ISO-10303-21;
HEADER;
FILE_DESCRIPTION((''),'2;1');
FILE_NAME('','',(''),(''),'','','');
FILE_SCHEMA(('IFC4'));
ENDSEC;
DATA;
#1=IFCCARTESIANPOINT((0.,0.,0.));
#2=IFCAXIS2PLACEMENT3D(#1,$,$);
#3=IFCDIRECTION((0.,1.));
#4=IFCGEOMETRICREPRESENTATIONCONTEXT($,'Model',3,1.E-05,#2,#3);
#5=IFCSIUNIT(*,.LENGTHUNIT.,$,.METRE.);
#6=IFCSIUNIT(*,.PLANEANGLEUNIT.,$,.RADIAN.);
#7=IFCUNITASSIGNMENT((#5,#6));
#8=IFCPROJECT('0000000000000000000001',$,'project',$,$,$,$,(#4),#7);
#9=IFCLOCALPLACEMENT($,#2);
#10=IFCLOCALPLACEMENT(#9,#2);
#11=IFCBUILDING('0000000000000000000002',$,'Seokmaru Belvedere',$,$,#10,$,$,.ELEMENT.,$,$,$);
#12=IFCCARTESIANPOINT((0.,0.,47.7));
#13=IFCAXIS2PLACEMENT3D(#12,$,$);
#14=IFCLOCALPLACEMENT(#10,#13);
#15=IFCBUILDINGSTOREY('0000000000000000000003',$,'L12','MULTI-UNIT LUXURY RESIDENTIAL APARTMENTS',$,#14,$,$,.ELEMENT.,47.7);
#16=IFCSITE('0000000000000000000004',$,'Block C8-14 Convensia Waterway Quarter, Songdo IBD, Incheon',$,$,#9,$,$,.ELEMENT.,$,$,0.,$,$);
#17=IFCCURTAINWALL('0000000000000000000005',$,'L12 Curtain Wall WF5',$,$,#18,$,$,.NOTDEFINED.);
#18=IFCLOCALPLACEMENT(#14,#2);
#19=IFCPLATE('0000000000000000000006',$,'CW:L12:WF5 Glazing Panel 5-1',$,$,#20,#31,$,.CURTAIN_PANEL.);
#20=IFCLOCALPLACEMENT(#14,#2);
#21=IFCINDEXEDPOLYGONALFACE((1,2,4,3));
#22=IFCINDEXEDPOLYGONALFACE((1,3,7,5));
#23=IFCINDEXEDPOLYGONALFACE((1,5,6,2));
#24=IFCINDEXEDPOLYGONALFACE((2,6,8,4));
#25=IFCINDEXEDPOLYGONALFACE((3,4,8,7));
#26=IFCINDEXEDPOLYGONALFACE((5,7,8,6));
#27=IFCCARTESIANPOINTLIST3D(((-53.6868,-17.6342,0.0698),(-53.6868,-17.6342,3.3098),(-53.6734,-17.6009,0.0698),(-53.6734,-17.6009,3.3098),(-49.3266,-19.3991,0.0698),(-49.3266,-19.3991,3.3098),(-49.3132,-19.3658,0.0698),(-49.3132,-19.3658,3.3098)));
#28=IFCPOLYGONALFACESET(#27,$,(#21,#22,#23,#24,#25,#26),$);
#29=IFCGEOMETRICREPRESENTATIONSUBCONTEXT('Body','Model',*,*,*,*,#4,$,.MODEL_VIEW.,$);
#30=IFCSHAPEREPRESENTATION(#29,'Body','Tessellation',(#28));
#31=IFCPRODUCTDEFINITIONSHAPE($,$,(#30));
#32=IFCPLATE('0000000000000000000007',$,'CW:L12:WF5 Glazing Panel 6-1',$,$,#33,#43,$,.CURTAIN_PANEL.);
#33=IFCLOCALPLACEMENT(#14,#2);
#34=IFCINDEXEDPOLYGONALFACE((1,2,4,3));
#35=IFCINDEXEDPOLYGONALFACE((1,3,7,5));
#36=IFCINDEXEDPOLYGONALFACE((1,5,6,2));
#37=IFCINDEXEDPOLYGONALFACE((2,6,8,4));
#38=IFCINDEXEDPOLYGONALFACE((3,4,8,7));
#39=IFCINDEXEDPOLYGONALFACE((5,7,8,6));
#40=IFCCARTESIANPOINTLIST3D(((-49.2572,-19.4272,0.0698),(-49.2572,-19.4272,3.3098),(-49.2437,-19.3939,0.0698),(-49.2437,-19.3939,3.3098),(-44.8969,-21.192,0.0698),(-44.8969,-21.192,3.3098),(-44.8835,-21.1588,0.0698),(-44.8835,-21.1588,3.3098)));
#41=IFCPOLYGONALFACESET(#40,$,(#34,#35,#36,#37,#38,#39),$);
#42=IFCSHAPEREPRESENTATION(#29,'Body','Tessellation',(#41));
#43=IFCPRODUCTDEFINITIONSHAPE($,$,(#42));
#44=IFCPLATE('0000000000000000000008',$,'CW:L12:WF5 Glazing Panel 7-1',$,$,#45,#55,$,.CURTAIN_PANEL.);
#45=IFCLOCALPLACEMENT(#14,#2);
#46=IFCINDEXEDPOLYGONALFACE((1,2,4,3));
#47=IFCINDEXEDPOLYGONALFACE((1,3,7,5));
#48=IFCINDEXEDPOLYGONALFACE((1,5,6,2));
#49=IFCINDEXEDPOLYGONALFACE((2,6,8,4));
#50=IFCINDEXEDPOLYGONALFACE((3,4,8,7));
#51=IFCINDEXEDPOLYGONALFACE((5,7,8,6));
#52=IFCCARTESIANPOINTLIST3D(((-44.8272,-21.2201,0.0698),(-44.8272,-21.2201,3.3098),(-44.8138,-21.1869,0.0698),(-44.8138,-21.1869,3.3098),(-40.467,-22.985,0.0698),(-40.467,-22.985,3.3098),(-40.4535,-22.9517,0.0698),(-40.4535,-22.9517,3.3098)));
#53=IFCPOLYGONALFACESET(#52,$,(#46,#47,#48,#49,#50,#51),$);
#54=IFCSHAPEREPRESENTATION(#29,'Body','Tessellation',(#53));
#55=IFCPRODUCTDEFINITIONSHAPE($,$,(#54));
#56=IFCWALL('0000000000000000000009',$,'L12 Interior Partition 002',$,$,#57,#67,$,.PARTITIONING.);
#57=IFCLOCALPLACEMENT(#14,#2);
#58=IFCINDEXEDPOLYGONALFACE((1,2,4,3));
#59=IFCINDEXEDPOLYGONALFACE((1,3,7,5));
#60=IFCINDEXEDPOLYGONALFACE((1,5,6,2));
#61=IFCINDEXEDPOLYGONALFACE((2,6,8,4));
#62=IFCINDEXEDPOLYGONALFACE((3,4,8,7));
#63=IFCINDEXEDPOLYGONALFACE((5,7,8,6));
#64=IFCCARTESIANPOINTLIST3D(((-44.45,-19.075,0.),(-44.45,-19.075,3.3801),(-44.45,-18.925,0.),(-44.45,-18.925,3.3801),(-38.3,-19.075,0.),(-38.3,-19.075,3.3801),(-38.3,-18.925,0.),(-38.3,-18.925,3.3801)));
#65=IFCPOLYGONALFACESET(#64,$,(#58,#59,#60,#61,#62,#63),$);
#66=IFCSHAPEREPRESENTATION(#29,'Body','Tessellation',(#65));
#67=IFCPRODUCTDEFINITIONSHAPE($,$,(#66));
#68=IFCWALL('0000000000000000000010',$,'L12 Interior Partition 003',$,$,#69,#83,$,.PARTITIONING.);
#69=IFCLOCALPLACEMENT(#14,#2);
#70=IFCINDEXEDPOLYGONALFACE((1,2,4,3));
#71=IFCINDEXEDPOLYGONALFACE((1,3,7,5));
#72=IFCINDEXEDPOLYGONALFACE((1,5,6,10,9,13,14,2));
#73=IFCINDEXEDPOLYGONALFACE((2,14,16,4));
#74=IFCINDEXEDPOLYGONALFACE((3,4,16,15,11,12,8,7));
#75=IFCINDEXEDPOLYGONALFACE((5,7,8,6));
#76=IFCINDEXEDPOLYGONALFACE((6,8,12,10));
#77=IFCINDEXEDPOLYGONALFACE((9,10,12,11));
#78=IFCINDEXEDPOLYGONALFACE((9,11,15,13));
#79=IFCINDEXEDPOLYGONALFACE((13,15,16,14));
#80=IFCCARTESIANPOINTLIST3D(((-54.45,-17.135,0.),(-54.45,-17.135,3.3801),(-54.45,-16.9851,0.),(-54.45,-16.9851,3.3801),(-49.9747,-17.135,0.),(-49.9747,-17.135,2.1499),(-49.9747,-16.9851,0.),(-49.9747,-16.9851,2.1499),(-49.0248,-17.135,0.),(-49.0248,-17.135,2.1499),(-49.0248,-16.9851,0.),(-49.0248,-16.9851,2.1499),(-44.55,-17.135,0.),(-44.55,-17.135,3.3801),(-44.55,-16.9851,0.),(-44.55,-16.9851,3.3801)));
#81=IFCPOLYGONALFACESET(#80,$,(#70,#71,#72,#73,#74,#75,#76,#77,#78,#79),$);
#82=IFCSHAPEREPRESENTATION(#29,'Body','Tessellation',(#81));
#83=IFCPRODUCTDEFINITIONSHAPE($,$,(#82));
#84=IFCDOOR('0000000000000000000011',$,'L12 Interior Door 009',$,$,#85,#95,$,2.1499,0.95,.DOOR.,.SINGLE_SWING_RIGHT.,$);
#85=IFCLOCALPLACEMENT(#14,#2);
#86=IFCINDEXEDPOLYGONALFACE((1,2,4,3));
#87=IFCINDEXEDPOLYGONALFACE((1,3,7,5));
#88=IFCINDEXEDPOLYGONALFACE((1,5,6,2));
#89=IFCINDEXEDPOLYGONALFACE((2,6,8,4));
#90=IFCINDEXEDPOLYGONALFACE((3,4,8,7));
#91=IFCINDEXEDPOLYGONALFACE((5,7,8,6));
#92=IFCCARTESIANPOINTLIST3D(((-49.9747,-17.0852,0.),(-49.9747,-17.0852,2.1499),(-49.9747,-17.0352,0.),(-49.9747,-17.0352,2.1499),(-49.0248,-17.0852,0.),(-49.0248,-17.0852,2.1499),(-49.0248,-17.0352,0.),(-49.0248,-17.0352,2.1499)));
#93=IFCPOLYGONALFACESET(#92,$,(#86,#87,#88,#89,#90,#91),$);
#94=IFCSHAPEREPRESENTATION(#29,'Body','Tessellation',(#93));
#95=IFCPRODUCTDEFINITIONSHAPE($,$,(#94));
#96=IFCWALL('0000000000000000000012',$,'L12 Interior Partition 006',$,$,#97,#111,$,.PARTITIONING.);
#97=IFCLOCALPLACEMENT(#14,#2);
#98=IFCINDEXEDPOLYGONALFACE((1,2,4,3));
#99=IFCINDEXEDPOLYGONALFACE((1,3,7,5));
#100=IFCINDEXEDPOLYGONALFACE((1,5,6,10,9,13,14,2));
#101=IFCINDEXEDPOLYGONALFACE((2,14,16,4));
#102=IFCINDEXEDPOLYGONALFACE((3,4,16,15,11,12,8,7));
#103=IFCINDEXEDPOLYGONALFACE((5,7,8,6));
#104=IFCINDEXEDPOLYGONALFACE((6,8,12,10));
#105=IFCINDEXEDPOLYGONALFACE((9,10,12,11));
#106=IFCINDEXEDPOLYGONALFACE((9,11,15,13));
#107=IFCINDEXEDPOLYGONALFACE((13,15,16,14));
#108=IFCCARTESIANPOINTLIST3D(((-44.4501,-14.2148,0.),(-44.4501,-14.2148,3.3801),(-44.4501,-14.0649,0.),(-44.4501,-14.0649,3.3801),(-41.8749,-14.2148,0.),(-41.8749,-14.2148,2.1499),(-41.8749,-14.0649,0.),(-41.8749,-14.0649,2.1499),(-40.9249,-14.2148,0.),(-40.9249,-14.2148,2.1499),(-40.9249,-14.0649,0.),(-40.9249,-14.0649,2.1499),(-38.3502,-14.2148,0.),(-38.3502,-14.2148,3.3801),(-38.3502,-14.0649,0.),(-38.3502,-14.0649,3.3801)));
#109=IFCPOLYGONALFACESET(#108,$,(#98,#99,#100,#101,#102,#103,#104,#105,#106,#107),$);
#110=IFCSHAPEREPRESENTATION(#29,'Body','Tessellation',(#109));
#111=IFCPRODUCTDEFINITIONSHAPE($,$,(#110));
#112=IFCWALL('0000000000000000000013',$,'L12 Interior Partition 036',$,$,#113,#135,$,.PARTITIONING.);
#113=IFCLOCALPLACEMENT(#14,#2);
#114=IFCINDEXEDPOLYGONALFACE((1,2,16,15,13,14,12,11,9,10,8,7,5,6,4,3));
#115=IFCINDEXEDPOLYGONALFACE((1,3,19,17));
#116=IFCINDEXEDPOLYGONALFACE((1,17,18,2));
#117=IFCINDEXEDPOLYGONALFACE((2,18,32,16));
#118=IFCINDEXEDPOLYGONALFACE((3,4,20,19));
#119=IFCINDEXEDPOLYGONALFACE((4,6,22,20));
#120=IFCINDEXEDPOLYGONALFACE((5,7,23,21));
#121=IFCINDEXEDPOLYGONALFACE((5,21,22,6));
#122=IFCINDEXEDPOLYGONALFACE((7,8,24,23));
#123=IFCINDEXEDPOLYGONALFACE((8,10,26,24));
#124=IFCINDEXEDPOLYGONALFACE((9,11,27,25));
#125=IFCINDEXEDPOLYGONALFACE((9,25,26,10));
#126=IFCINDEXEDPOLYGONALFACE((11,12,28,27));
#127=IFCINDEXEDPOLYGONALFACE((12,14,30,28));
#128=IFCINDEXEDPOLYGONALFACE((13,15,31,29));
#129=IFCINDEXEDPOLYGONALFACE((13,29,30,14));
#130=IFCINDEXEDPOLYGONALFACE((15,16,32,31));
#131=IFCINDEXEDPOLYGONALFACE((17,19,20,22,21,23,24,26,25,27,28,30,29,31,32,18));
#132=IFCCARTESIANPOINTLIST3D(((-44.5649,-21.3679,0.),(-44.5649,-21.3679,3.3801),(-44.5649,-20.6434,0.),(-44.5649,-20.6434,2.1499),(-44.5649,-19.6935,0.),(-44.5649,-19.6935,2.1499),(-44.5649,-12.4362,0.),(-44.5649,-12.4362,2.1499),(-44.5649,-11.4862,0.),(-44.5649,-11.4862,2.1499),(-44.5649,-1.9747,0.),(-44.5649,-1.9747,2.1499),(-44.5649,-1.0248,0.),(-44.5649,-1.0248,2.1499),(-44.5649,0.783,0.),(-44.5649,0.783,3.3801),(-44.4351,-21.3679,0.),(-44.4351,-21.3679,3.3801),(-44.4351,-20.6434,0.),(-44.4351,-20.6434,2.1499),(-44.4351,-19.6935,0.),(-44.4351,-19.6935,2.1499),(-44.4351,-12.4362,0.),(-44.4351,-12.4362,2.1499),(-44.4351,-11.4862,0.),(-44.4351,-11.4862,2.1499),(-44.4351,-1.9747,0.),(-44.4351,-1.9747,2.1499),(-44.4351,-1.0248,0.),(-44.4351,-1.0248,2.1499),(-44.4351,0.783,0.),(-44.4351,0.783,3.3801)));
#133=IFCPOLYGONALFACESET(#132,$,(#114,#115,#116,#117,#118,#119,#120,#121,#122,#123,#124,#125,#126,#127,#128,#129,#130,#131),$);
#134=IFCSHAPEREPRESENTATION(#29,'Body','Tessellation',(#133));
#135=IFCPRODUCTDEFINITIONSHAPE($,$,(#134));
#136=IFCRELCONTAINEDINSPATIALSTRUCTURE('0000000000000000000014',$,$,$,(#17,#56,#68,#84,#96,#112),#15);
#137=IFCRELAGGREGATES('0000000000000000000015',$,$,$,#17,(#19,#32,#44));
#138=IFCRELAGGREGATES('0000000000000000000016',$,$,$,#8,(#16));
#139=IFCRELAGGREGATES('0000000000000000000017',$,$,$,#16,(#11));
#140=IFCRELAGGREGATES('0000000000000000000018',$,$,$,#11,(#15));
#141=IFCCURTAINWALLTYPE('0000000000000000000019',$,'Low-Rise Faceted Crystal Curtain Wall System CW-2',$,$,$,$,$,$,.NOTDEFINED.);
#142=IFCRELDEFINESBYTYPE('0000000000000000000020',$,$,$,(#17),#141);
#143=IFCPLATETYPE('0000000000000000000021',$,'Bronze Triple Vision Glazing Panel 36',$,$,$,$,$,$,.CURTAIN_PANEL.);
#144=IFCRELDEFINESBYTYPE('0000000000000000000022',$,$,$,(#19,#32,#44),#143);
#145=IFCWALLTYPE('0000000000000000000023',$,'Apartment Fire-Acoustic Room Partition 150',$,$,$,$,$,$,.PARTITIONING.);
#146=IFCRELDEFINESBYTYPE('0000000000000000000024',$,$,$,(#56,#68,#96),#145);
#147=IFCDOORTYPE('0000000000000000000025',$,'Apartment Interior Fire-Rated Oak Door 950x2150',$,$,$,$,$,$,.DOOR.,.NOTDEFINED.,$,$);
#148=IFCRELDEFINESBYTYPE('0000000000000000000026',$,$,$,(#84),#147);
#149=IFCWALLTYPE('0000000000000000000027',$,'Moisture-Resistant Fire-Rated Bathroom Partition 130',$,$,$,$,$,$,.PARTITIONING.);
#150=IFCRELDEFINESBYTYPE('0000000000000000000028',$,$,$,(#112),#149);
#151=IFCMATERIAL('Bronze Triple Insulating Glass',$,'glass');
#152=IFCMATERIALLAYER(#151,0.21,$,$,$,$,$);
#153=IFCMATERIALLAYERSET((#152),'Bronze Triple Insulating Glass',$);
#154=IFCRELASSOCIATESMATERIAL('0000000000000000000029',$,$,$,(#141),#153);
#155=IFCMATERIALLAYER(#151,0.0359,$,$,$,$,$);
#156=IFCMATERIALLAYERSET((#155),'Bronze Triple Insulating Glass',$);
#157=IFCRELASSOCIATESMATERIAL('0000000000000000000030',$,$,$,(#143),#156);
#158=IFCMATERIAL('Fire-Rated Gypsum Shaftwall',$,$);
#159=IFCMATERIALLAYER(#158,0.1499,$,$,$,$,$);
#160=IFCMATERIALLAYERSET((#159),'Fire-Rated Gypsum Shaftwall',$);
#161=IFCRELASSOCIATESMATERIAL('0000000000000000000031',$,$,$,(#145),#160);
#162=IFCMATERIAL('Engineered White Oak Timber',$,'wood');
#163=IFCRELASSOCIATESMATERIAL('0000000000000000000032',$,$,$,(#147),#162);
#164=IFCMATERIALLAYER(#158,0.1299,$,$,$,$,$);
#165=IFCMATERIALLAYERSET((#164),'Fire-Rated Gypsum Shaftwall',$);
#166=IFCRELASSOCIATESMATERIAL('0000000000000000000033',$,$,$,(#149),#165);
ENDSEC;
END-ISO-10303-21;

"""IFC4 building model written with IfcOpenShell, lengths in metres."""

from ifc_helpers import new_model, si_unit, direction, frame, frame_2d, origin, origin_2d, place, context, subcontext, project, spatial, rectangle, extrude, source, transform, mapped, material, layer, layer_set, type_object, type_shapes, element, fill, aggregate, save


model = new_model("IFC4")

# Units and contexts
model_context = context("Model", 3, precision=1e-05, world=origin(), true_north=direction((0.0, 1.0)))
body_context = subcontext(model_context, "Body", "Model", "MODEL_VIEW")
ifc_project = project(units=[si_unit("LENGTHUNIT", "METRE"), si_unit("PLANEANGLEUNIT", "RADIAN")], contexts=[model_context])

# Site, building, storey
site_placement = place(None, origin())
site = spatial("IfcSite", under=ifc_project, at=site_placement, Name="Block C8-14 Convensia Waterway Quarter, Songdo IBD, Incheon", CompositionType="ELEMENT", RefElevation=0.0)
building_placement = place(site_placement, origin())
building = spatial("IfcBuilding", under=site, at=building_placement, Name="Seokmaru Belvedere", CompositionType="ELEMENT")
storey_placement = place(building_placement, frame((0.0, 0.0, 47.7)))
storey = spatial("IfcBuildingStorey", under=building, at=storey_placement, Name="L12", Description="MULTI-UNIT LUXURY RESIDENTIAL APARTMENTS", CompositionType="ELEMENT", Elevation=47.7)

# Curtain wall, plates
ifc_material_1 = material(Name="Bronze Triple Insulating Glass", Category="glass")
ifc_layer_1 = layer(ifc_material_1, 0.21)
ifc_layer_set_1 = layer_set([ifc_layer_1], Name="Bronze Triple Insulating Glass")
curtain_wall_type = type_object("IfcCurtainWallType", Name="Low-Rise Faceted Crystal Curtain Wall System CW-2", PredefinedType="NOTDEFINED", material=ifc_layer_set_1)
curtain_wall_placement = place(storey_placement, origin())
curtain_wall = element("IfcCurtainWall", 1, at=curtain_wall_placement, inside=storey, type_object=curtain_wall_type, Name="L12 Curtain Wall WF5", PredefinedType="NOTDEFINED")
ifc_layer_2 = layer(ifc_material_1, 0.0359)
ifc_layer_set_2 = layer_set([ifc_layer_2], Name="Bronze Triple Insulating Glass")
plate_type = type_object("IfcPlateType", Name="Bronze Triple Vision Glazing Panel 36", PredefinedType="CURTAIN_PANEL", material=ifc_layer_set_2)
shared_shape_1 = source(origin(), body_context, "Body", "SweptSolid", [
    extrude(rectangle(XDim=4.7039, YDim=0.0359, at=origin_2d()), origin(), (0.0, 0.0, 1.0), 3.24),
])
type_shapes(plate_type, [shared_shape_1])
plate_1_placement = place(storey_placement, frame((-51.5, -18.5, 0.0698), z_axis=(0.0, 0.0, 1.0), x_axis=(0.926947, -0.375192, 0.0)))
plate_1 = element("IfcPlate", 2, at=plate_1_placement, type_object=plate_type, Name="CW:L12:WF5 Glazing Panel 5-1", PredefinedType="CURTAIN_PANEL", context=body_context, shape_type="MappedRepresentation", body=[
    mapped(shared_shape_1, transform((0.0, 0.0, 0.0), scale=1.0)),
])
plate_2_placement = place(storey_placement, frame((-47.0703, -20.293, 0.0698), z_axis=(0.0, 0.0, 1.0), x_axis=(0.926947, -0.375192, 0.0)))
plate_2 = element("IfcPlate", 3, at=plate_2_placement, type_object=plate_type, Name="CW:L12:WF5 Glazing Panel 6-1", PredefinedType="CURTAIN_PANEL", context=body_context, shape_type="MappedRepresentation", body=[
    mapped(shared_shape_1, transform((0.0, 0.0, 0.0), scale=1.0)),
])
plate_3_placement = place(storey_placement, frame((-42.6404, -22.0859, 0.0698), z_axis=(0.0, 0.0, 1.0), x_axis=(0.926947, -0.375192, 0.0)))
plate_3 = element("IfcPlate", 4, at=plate_3_placement, type_object=plate_type, Name="CW:L12:WF5 Glazing Panel 7-1", PredefinedType="CURTAIN_PANEL", context=body_context, shape_type="MappedRepresentation", body=[
    mapped(shared_shape_1, transform((0.0, 0.0, 0.0), scale=1.0)),
])
aggregate(curtain_wall, [plate_1, plate_2, plate_3])

# Wall
ifc_material_2 = material(Name="Fire-Rated Gypsum Shaftwall")
ifc_layer_3 = layer(ifc_material_2, 0.1499)
ifc_layer_set_3 = layer_set([ifc_layer_3], Name="Fire-Rated Gypsum Shaftwall")
wall_type_1 = type_object("IfcWallType", Name="Apartment Fire-Acoustic Room Partition 150", PredefinedType="PARTITIONING", material=ifc_layer_set_3)
wall_1_placement = place(storey_placement, frame((-44.45, -19.0, 0.0), z_axis=(0.0, 0.0, 1.0), x_axis=(1.0, 0.0, 0.0)))
element("IfcWall", 5, at=wall_1_placement, inside=storey, type_object=wall_type_1, Name="L12 Interior Partition 002", PredefinedType="PARTITIONING", context=body_context, shape_type="SweptSolid", body=[
    extrude(rectangle(XDim=6.1499, YDim=0.1499, at=frame_2d((3.075, 0.0))), origin(), (0.0, 0.0, 1.0), 3.3801),
])

# Wall, opening, door
wall_2_placement = place(storey_placement, frame((-54.45, -17.0601, 0.0), z_axis=(0.0, 0.0, 1.0), x_axis=(1.0, 0.0, 0.0)))
wall_2 = element("IfcWall", 6, at=wall_2_placement, inside=storey, type_object=wall_type_1, Name="L12 Interior Partition 003", PredefinedType="PARTITIONING", context=body_context, shape_type="SweptSolid", body=[
    extrude(rectangle(XDim=9.8999, YDim=0.1499, at=frame_2d((4.95, 0.0))), origin(), (0.0, 0.0, 1.0), 3.3801),
])
opening_1_placement = place(wall_2_placement, frame((4.4751, 0.0, 0.0)))
opening_1 = element("IfcOpeningElement", 7, at=opening_1_placement, cuts=wall_2, PredefinedType="OPENING", context=body_context, shape_type="SweptSolid", body=[
    extrude(rectangle(XDim=0.95, YDim=2.1499, at=frame_2d((0.4751, 1.075))), frame((0.0, 0.085, 0.0), z_axis=(0.0, -1.0, 0.0), x_axis=(1.0, 0.0, 0.0)), (0.0, 0.0, 1.0), 0.1699),
])
ifc_material_3 = material(Name="Engineered White Oak Timber", Category="wood")
door_type = type_object("IfcDoorType", Name="Apartment Interior Fire-Rated Oak Door 950x2150", OperationType="NOTDEFINED", PredefinedType="DOOR", material=ifc_material_3)
shared_shape_2 = source(origin(), body_context, "Body", "SweptSolid", [
    extrude(rectangle(XDim=0.95, YDim=2.1499, at=frame_2d((0.4751, 1.075))), frame((0.0, 0.0249, 0.0), z_axis=(0.0, -1.0, 0.0), x_axis=(1.0, 0.0, 0.0)), (0.0, 0.0, 1.0), 0.05),
])
type_shapes(door_type, [shared_shape_2])
door_placement = place(opening_1_placement, origin())
door = element("IfcDoor", 8, at=door_placement, inside=storey, type_object=door_type, Name="L12 Interior Door 009", OperationType="SINGLE_SWING_RIGHT", OverallHeight=2.1499, OverallWidth=0.95, PredefinedType="DOOR", context=body_context, shape_type="MappedRepresentation", body=[
    mapped(shared_shape_2, transform((0.0, 0.0, 0.0), scale=1.0)),
])
fill(opening_1, door)

# Wall, opening
wall_3_placement = place(storey_placement, frame((-44.45, -14.1399, 0.0), z_axis=(0.0, 0.0, 1.0), x_axis=(1.0, 0.0, 0.0)))
wall_3 = element("IfcWall", 9, at=wall_3_placement, inside=storey, type_object=wall_type_1, Name="L12 Interior Partition 006", PredefinedType="PARTITIONING", context=body_context, shape_type="SweptSolid", body=[
    extrude(rectangle(XDim=6.0999, YDim=0.1499, at=frame_2d((3.0498, 0.0))), origin(), (0.0, 0.0, 1.0), 3.3801),
])
opening_2_placement = place(wall_3_placement, frame((2.575, 0.0, 0.0)))
element("IfcOpeningElement", 10, at=opening_2_placement, cuts=wall_3, PredefinedType="OPENING", context=body_context, shape_type="SweptSolid", body=[
    extrude(rectangle(XDim=0.95, YDim=2.1499, at=frame_2d((0.4751, 1.075))), frame((0.0, 0.085, 0.0), z_axis=(0.0, -1.0, 0.0), x_axis=(1.0, 0.0, 0.0)), (0.0, 0.0, 1.0), 0.1699),
])

# Wall, openings
ifc_layer_4 = layer(ifc_material_2, 0.1299)
ifc_layer_set_4 = layer_set([ifc_layer_4], Name="Fire-Rated Gypsum Shaftwall")
wall_type_2 = type_object("IfcWallType", Name="Moisture-Resistant Fire-Rated Bathroom Partition 130", PredefinedType="PARTITIONING", material=ifc_layer_set_4)
wall_4_placement = place(storey_placement, frame((-44.5, -21.3679, 0.0), z_axis=(0.0, 0.0, 1.0), x_axis=(0.0, 1.0, 0.0)))
wall_4 = element("IfcWall", 11, at=wall_4_placement, inside=storey, type_object=wall_type_2, Name="L12 Interior Partition 036", PredefinedType="PARTITIONING", context=body_context, shape_type="SweptSolid", body=[
    extrude(rectangle(XDim=22.1509, YDim=0.1299, at=frame_2d((11.0754, 0.0))), origin(), (0.0, 0.0, 1.0), 3.3801),
])
opening_3_placement = place(wall_4_placement, frame((8.9316, 0.0, 0.0)))
element("IfcOpeningElement", 12, at=opening_3_placement, cuts=wall_4, PredefinedType="OPENING", context=body_context, shape_type="SweptSolid", body=[
    extrude(rectangle(XDim=0.95, YDim=2.1499, at=frame_2d((0.4751, 1.075))), frame((0.0, 0.075, 0.0), z_axis=(0.0, -1.0, 0.0), x_axis=(1.0, 0.0, 0.0)), (0.0, 0.0, 1.0), 0.1499),
])
opening_4_placement = place(wall_4_placement, frame((0.7244, 0.0, 0.0)))
element("IfcOpeningElement", 13, at=opening_4_placement, cuts=wall_4, PredefinedType="OPENING", context=body_context, shape_type="SweptSolid", body=[
    extrude(rectangle(XDim=0.95, YDim=2.1499, at=frame_2d((0.4751, 1.075))), frame((0.0, 0.075, 0.0), z_axis=(0.0, -1.0, 0.0), x_axis=(1.0, 0.0, 0.0)), (0.0, 0.0, 1.0), 0.1499),
])
opening_5_placement = place(wall_4_placement, frame((19.3931, 0.0, 0.0)))
element("IfcOpeningElement", 14, at=opening_5_placement, cuts=wall_4, PredefinedType="OPENING", context=body_context, shape_type="SweptSolid", body=[
    extrude(rectangle(XDim=0.95, YDim=2.1499, at=frame_2d((0.4751, 1.075))), frame((0.0, 0.075, 0.0), z_axis=(0.0, -1.0, 0.0), x_axis=(1.0, 0.0, 0.0)), (0.0, 0.0, 1.0), 0.1499),
])

save(model, "model.ifc")
